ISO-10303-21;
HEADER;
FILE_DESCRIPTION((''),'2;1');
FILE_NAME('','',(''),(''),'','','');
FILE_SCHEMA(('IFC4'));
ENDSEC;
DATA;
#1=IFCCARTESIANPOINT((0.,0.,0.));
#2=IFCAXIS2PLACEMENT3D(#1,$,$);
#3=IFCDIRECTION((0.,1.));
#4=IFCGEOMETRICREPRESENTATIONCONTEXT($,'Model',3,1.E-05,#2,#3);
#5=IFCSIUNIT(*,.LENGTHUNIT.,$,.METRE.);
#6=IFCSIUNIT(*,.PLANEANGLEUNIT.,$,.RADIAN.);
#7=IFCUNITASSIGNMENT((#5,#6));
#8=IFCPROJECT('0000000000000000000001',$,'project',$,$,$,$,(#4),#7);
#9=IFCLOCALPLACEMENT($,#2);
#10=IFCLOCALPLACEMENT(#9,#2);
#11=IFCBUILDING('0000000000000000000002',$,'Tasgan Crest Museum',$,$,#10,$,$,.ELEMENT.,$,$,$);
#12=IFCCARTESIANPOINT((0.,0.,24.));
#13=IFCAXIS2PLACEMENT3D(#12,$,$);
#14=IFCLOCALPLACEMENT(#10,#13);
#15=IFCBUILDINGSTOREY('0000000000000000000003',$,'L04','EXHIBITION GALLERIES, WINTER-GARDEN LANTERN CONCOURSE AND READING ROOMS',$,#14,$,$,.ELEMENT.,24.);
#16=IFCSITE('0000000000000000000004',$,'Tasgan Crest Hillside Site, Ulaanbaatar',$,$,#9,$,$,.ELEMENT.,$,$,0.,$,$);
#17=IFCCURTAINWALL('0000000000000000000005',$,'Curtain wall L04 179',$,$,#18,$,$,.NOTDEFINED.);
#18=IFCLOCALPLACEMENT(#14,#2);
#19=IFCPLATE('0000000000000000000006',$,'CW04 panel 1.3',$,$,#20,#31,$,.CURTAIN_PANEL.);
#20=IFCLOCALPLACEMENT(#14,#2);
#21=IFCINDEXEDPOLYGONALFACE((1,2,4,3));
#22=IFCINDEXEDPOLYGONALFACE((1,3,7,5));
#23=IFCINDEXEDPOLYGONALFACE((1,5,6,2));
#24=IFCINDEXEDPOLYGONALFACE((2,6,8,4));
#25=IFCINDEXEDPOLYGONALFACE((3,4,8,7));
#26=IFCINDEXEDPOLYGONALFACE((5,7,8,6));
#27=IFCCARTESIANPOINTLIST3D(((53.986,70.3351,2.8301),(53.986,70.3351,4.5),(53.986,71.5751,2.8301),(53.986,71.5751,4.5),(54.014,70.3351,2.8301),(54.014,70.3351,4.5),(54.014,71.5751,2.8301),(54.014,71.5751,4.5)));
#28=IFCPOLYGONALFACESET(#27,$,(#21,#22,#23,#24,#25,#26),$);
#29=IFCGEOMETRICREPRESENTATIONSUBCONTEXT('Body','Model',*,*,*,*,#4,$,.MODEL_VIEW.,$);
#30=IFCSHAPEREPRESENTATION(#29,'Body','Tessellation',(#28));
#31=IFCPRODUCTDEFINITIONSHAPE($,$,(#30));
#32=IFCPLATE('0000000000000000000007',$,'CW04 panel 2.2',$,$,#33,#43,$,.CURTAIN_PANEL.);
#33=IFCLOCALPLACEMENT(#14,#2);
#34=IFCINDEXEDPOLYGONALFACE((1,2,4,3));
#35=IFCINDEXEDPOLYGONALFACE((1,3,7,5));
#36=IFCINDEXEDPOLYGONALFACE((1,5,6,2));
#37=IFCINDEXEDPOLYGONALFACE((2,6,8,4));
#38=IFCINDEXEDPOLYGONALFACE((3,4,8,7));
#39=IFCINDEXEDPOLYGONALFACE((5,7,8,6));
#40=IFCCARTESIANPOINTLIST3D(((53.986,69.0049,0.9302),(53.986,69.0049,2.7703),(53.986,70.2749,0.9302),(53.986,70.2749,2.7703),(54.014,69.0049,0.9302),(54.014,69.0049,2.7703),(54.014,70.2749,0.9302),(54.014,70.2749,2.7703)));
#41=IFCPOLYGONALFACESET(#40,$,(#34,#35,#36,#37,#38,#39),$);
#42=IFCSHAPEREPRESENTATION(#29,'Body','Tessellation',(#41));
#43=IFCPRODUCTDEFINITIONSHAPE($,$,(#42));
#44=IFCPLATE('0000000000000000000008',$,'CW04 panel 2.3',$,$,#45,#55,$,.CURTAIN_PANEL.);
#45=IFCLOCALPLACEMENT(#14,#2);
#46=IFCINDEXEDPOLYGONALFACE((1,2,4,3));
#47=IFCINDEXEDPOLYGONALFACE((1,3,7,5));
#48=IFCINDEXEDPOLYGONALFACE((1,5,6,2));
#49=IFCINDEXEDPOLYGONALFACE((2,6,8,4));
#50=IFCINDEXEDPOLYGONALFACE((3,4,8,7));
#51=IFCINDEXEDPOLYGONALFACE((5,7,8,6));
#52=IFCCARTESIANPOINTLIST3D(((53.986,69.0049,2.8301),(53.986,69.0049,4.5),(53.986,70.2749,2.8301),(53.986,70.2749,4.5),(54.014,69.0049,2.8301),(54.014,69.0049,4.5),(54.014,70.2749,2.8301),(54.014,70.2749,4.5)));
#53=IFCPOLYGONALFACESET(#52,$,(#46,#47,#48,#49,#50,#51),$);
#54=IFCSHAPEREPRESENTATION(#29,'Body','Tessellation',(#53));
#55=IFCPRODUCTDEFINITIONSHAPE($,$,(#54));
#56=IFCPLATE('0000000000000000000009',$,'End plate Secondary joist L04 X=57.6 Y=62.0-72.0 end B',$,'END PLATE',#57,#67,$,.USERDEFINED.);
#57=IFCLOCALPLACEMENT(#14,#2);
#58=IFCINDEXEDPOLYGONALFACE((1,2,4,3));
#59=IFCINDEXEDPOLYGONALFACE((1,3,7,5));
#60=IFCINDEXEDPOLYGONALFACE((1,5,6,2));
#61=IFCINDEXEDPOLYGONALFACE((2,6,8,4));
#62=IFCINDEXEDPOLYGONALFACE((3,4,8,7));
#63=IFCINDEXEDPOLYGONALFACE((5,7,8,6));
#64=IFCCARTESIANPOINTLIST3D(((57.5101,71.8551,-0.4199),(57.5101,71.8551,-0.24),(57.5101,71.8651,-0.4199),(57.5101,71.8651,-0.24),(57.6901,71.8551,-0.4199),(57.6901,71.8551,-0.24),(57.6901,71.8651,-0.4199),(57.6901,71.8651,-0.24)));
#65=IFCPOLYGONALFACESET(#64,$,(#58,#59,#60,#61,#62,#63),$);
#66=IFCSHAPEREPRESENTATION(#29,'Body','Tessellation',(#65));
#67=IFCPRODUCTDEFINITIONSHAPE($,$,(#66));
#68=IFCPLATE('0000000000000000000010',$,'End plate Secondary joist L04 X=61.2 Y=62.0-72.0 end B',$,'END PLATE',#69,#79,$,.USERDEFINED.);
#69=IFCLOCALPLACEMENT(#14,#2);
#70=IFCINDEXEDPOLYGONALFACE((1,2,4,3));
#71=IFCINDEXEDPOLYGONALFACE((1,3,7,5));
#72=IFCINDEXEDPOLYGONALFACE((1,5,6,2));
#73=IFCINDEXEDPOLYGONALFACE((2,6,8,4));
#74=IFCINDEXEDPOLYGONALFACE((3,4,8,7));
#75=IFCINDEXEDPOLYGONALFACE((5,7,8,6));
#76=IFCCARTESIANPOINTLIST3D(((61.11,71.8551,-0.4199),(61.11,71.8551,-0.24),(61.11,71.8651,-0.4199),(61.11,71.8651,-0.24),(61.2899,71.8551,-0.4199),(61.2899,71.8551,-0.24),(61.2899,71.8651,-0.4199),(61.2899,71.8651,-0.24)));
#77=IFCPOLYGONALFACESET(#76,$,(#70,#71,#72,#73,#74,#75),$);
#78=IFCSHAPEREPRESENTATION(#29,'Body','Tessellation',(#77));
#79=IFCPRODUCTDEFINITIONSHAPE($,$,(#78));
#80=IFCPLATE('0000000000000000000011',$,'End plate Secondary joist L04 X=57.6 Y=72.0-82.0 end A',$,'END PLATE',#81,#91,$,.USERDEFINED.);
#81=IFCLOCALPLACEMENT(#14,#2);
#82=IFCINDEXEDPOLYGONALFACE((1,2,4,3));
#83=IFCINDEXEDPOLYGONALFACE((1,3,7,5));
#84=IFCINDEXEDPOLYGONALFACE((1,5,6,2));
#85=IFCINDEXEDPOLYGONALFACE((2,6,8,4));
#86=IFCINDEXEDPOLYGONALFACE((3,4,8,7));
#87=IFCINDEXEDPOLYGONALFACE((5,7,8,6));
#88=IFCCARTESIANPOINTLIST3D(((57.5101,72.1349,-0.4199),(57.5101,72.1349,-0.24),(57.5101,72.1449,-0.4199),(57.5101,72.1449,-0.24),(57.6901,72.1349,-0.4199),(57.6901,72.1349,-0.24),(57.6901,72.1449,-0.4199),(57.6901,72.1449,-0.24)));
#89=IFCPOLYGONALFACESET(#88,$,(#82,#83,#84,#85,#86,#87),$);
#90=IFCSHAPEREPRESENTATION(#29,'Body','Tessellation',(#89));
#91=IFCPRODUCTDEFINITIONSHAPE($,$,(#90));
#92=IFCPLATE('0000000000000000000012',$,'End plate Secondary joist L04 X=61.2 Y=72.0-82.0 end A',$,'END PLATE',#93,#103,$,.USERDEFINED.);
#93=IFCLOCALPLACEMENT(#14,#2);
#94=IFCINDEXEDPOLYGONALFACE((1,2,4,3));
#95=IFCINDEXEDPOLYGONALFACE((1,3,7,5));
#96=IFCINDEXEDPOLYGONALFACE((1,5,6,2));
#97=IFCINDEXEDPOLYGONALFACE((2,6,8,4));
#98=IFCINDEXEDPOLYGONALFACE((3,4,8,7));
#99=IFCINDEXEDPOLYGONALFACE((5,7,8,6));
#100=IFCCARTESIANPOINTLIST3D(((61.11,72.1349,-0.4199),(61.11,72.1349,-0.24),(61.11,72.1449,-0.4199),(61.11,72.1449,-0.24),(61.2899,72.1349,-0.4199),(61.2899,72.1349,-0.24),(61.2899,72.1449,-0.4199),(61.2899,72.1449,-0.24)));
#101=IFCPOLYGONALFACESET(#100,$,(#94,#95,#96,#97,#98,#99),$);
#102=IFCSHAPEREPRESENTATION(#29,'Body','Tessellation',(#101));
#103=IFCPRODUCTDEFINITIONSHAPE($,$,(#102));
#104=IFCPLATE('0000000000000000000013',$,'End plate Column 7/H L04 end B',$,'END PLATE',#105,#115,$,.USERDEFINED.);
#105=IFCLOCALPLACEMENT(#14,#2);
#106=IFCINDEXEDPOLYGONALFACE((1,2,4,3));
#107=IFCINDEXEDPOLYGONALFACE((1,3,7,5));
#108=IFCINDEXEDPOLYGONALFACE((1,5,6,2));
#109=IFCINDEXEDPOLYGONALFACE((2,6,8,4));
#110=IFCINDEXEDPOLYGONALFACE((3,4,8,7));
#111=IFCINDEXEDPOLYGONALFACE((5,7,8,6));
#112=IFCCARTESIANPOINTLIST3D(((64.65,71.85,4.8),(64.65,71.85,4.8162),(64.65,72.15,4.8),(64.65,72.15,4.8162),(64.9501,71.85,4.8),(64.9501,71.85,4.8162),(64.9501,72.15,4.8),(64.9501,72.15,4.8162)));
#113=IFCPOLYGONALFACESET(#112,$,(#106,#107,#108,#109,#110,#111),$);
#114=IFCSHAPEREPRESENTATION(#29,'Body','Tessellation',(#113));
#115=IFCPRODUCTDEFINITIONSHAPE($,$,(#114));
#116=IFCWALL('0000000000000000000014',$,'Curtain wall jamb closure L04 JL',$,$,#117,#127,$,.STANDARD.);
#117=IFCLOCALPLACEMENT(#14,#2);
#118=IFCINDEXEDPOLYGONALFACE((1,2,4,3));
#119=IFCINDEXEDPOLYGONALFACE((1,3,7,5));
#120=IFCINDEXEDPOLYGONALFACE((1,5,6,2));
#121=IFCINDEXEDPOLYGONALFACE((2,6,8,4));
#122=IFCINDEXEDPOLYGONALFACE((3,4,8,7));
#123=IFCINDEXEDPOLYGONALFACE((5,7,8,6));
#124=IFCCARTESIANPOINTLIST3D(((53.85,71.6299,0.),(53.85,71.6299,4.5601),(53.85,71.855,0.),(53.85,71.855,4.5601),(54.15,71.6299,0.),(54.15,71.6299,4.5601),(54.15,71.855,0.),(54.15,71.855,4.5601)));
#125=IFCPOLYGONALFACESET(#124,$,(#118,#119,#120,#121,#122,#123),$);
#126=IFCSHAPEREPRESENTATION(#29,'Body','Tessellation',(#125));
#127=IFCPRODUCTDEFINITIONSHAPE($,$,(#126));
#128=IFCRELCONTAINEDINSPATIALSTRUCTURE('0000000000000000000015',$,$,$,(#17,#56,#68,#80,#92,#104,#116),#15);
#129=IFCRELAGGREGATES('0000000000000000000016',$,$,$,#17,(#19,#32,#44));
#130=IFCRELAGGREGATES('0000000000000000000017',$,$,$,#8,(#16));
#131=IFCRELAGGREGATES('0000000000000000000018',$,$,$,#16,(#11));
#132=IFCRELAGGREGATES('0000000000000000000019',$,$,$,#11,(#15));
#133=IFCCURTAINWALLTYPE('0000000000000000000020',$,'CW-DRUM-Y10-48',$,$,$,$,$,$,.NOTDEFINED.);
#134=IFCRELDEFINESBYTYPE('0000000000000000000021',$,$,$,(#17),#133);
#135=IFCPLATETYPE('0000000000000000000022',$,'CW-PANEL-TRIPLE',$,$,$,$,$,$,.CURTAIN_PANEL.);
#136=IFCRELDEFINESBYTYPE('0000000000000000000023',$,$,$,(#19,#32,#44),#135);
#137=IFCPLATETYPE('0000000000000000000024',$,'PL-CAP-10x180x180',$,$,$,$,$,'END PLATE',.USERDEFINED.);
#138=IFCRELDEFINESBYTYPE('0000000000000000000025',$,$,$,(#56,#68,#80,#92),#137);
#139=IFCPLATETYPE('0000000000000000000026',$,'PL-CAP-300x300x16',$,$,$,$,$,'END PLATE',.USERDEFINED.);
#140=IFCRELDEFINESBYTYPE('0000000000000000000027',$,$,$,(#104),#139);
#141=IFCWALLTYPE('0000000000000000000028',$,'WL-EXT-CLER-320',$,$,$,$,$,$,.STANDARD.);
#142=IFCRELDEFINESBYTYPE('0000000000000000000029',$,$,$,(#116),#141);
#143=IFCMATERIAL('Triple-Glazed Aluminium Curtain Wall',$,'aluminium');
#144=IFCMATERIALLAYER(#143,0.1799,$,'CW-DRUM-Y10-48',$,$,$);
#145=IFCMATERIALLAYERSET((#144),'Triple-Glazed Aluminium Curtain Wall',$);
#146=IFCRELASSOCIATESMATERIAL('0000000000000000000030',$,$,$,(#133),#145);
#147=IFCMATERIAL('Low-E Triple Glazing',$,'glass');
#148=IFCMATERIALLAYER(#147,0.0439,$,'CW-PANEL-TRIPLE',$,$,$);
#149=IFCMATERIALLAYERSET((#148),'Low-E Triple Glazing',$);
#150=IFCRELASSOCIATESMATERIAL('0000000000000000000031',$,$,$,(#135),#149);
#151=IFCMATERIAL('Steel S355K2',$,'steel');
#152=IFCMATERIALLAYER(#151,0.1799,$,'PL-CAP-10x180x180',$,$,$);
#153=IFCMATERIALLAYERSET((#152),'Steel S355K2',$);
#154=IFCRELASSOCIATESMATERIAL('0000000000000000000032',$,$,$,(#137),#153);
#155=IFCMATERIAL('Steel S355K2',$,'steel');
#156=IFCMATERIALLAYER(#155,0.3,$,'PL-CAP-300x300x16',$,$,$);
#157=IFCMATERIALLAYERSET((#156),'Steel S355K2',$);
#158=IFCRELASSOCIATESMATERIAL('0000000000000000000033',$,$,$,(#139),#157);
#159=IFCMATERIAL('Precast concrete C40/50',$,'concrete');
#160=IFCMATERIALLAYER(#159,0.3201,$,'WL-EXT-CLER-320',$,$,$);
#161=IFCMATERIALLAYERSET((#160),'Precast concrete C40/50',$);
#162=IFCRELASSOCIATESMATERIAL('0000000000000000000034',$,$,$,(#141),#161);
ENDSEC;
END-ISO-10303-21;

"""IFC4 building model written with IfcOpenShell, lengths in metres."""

from ifc_helpers import new_model, si_unit, direction, frame, frame_2d, origin, origin_2d, place, context, subcontext, project, spatial, rectangle, extrude, material, layer, layer_set, type_object, element, aggregate, save


model = new_model("IFC4")

# Units and contexts
model_context = context("Model", 3, precision=1e-05, world=origin(), true_north=direction((0.0, 1.0)))
body_context = subcontext(model_context, "Body", "Model", "MODEL_VIEW")
ifc_project = project(units=[si_unit("LENGTHUNIT", "METRE"), si_unit("PLANEANGLEUNIT", "RADIAN")], contexts=[model_context])

# Site, building, storey
site_placement = place(None, origin())
site = spatial("IfcSite", under=ifc_project, at=site_placement, Name="Tasgan Crest Hillside Site, Ulaanbaatar", CompositionType="ELEMENT", RefElevation=0.0)
building_placement = place(site_placement, origin())
building = spatial("IfcBuilding", under=site, at=building_placement, Name="Tasgan Crest Museum", CompositionType="ELEMENT")
storey_placement = place(building_placement, frame((0.0, 0.0, 24.0)))
storey = spatial("IfcBuildingStorey", under=building, at=storey_placement, Name="L04", Description="EXHIBITION GALLERIES, WINTER-GARDEN LANTERN CONCOURSE AND READING ROOMS", CompositionType="ELEMENT", Elevation=24.0)

# Curtain wall
ifc_material_1 = material(Name="Triple-Glazed Aluminium Curtain Wall", Category="aluminium")
ifc_layer_1 = layer(ifc_material_1, 0.1799, Name="CW-DRUM-Y10-48")
ifc_layer_set_1 = layer_set([ifc_layer_1], Name="Triple-Glazed Aluminium Curtain Wall")
curtain_wall_type = type_object("IfcCurtainWallType", Name="CW-DRUM-Y10-48", PredefinedType="NOTDEFINED", material=ifc_layer_set_1)
curtain_wall_placement = place(storey_placement, origin())
curtain_wall = element("IfcCurtainWall", 1, at=curtain_wall_placement, inside=storey, type_object=curtain_wall_type, Name="Curtain wall L04 179", PredefinedType="NOTDEFINED")

# Plates
ifc_material_2 = material(Name="Low-E Triple Glazing", Category="glass")
ifc_layer_2 = layer(ifc_material_2, 0.0439, Name="CW-PANEL-TRIPLE")
ifc_layer_set_2 = layer_set([ifc_layer_2], Name="Low-E Triple Glazing")
plate_type_1 = type_object("IfcPlateType", Name="CW-PANEL-TRIPLE", PredefinedType="CURTAIN_PANEL", material=ifc_layer_set_2)
plate_1_placement = place(storey_placement, frame((54.0, 70.9551, 2.8301), z_axis=(0.0, 0.0, 1.0), x_axis=(0.0, -1.0, 0.0)))
plate_1 = element("IfcPlate", 2, at=plate_1_placement, type_object=plate_type_1, Name="CW04 panel 1.3", PredefinedType="CURTAIN_PANEL", context=body_context, shape_type="SweptSolid", body=[
    extrude(rectangle(XDim=1.24, YDim=0.0281, at=origin_2d()), origin(), (0.0, 0.0, 1.0), 1.6699),
])
plate_2_placement = place(storey_placement, frame((54.0, 69.6399, 0.9302), z_axis=(0.0, 0.0, 1.0), x_axis=(0.0, -1.0, 0.0)))
plate_2 = element("IfcPlate", 3, at=plate_2_placement, type_object=plate_type_1, Name="CW04 panel 2.2", PredefinedType="CURTAIN_PANEL", context=body_context, shape_type="SweptSolid", body=[
    extrude(rectangle(XDim=1.27, YDim=0.0281, at=origin_2d()), origin(), (0.0, 0.0, 1.0), 1.8401),
])
plate_3_placement = place(storey_placement, frame((54.0, 69.6399, 2.8301), z_axis=(0.0, 0.0, 1.0), x_axis=(0.0, -1.0, 0.0)))
plate_3 = element("IfcPlate", 4, at=plate_3_placement, type_object=plate_type_1, Name="CW04 panel 2.3", PredefinedType="CURTAIN_PANEL", context=body_context, shape_type="SweptSolid", body=[
    extrude(rectangle(XDim=1.27, YDim=0.0281, at=origin_2d()), origin(), (0.0, 0.0, 1.0), 1.6699),
])
aggregate(curtain_wall, [plate_1, plate_2, plate_3])

# Plates
ifc_material_3 = material(Name="Steel S355K2", Category="steel")
ifc_layer_3 = layer(ifc_material_3, 0.1799, Name="PL-CAP-10x180x180")
ifc_layer_set_3 = layer_set([ifc_layer_3], Name="Steel S355K2")
plate_type_2 = type_object("IfcPlateType", Name="PL-CAP-10x180x180", ElementType="END PLATE", PredefinedType="USERDEFINED", material=ifc_layer_set_3)
for number, where, z_axis, x_axis, name in (
    (5, (57.6001, 71.8601, -0.4199), (0.0, 0.0, 1.0), (0.0, 1.0, 0.0), "End plate Secondary joist L04 X=57.6 Y=62.0-72.0 end B"),
    (6, (61.2, 71.8601, -0.4199), (0.0, 0.0, 1.0), (0.0, 1.0, 0.0), "End plate Secondary joist L04 X=61.2 Y=62.0-72.0 end B"),
    (7, (57.6001, 72.1399, -0.4199), (0.0, 0.0, 1.0), (0.0, 1.0, 0.0), "End plate Secondary joist L04 X=57.6 Y=72.0-82.0 end A"),
    (8, (61.2, 72.1399, -0.4199), (0.0, 0.0, 1.0), (0.0, 1.0, 0.0), "End plate Secondary joist L04 X=61.2 Y=72.0-82.0 end A"),
):
    element("IfcPlate", number, at=place(storey_placement, frame(where, z_axis=z_axis, x_axis=x_axis)), inside=storey, type_object=plate_type_2, Name=name, ObjectType="END PLATE", PredefinedType="USERDEFINED", context=body_context, shape_type="SweptSolid", body=[
        extrude(rectangle(XDim=0.01, YDim=0.1799, at=origin_2d()), origin(), (0.0, 0.0, 1.0), 0.1799),
    ])
ifc_material_4 = material(Name="Steel S355K2", Category="steel")
ifc_layer_4 = layer(ifc_material_4, 0.3, Name="PL-CAP-300x300x16")
ifc_layer_set_4 = layer_set([ifc_layer_4], Name="Steel S355K2")
plate_type_3 = type_object("IfcPlateType", Name="PL-CAP-300x300x16", ElementType="END PLATE", PredefinedType="USERDEFINED", material=ifc_layer_set_4)
plate_4_placement = place(storey_placement, frame((64.8, 72.0, 4.8), z_axis=(0.0, 0.0, 1.0), x_axis=(1.0, 0.0, 0.0)))
element("IfcPlate", 9, at=plate_4_placement, inside=storey, type_object=plate_type_3, Name="End plate Column 7/H L04 end B", ObjectType="END PLATE", PredefinedType="USERDEFINED", context=body_context, shape_type="SweptSolid", body=[
    extrude(rectangle(XDim=0.3, YDim=0.3, at=origin_2d()), origin(), (0.0, 0.0, 1.0), 0.0161),
])

# Wall
ifc_material_5 = material(Name="Precast concrete C40/50", Category="concrete")
ifc_layer_5 = layer(ifc_material_5, 0.3201, Name="WL-EXT-CLER-320")
ifc_layer_set_5 = layer_set([ifc_layer_5], Name="Precast concrete C40/50")
wall_type = type_object("IfcWallType", Name="WL-EXT-CLER-320", PredefinedType="STANDARD", material=ifc_layer_set_5)
wall_placement = place(storey_placement, frame((54.0, 71.855, 0.0), z_axis=(0.0, 0.0, 1.0), x_axis=(0.0, -1.0, 0.0)))
element("IfcWall", 10, at=wall_placement, inside=storey, type_object=wall_type, Name="Curtain wall jamb closure L04 JL", PredefinedType="STANDARD", context=body_context, shape_type="SweptSolid", body=[
    extrude(rectangle(XDim=0.2251, YDim=0.3, at=frame_2d((0.1125, 0.0))), origin(), (0.0, 0.0, 1.0), 4.5601),
])

save(model, "model.ifc")
